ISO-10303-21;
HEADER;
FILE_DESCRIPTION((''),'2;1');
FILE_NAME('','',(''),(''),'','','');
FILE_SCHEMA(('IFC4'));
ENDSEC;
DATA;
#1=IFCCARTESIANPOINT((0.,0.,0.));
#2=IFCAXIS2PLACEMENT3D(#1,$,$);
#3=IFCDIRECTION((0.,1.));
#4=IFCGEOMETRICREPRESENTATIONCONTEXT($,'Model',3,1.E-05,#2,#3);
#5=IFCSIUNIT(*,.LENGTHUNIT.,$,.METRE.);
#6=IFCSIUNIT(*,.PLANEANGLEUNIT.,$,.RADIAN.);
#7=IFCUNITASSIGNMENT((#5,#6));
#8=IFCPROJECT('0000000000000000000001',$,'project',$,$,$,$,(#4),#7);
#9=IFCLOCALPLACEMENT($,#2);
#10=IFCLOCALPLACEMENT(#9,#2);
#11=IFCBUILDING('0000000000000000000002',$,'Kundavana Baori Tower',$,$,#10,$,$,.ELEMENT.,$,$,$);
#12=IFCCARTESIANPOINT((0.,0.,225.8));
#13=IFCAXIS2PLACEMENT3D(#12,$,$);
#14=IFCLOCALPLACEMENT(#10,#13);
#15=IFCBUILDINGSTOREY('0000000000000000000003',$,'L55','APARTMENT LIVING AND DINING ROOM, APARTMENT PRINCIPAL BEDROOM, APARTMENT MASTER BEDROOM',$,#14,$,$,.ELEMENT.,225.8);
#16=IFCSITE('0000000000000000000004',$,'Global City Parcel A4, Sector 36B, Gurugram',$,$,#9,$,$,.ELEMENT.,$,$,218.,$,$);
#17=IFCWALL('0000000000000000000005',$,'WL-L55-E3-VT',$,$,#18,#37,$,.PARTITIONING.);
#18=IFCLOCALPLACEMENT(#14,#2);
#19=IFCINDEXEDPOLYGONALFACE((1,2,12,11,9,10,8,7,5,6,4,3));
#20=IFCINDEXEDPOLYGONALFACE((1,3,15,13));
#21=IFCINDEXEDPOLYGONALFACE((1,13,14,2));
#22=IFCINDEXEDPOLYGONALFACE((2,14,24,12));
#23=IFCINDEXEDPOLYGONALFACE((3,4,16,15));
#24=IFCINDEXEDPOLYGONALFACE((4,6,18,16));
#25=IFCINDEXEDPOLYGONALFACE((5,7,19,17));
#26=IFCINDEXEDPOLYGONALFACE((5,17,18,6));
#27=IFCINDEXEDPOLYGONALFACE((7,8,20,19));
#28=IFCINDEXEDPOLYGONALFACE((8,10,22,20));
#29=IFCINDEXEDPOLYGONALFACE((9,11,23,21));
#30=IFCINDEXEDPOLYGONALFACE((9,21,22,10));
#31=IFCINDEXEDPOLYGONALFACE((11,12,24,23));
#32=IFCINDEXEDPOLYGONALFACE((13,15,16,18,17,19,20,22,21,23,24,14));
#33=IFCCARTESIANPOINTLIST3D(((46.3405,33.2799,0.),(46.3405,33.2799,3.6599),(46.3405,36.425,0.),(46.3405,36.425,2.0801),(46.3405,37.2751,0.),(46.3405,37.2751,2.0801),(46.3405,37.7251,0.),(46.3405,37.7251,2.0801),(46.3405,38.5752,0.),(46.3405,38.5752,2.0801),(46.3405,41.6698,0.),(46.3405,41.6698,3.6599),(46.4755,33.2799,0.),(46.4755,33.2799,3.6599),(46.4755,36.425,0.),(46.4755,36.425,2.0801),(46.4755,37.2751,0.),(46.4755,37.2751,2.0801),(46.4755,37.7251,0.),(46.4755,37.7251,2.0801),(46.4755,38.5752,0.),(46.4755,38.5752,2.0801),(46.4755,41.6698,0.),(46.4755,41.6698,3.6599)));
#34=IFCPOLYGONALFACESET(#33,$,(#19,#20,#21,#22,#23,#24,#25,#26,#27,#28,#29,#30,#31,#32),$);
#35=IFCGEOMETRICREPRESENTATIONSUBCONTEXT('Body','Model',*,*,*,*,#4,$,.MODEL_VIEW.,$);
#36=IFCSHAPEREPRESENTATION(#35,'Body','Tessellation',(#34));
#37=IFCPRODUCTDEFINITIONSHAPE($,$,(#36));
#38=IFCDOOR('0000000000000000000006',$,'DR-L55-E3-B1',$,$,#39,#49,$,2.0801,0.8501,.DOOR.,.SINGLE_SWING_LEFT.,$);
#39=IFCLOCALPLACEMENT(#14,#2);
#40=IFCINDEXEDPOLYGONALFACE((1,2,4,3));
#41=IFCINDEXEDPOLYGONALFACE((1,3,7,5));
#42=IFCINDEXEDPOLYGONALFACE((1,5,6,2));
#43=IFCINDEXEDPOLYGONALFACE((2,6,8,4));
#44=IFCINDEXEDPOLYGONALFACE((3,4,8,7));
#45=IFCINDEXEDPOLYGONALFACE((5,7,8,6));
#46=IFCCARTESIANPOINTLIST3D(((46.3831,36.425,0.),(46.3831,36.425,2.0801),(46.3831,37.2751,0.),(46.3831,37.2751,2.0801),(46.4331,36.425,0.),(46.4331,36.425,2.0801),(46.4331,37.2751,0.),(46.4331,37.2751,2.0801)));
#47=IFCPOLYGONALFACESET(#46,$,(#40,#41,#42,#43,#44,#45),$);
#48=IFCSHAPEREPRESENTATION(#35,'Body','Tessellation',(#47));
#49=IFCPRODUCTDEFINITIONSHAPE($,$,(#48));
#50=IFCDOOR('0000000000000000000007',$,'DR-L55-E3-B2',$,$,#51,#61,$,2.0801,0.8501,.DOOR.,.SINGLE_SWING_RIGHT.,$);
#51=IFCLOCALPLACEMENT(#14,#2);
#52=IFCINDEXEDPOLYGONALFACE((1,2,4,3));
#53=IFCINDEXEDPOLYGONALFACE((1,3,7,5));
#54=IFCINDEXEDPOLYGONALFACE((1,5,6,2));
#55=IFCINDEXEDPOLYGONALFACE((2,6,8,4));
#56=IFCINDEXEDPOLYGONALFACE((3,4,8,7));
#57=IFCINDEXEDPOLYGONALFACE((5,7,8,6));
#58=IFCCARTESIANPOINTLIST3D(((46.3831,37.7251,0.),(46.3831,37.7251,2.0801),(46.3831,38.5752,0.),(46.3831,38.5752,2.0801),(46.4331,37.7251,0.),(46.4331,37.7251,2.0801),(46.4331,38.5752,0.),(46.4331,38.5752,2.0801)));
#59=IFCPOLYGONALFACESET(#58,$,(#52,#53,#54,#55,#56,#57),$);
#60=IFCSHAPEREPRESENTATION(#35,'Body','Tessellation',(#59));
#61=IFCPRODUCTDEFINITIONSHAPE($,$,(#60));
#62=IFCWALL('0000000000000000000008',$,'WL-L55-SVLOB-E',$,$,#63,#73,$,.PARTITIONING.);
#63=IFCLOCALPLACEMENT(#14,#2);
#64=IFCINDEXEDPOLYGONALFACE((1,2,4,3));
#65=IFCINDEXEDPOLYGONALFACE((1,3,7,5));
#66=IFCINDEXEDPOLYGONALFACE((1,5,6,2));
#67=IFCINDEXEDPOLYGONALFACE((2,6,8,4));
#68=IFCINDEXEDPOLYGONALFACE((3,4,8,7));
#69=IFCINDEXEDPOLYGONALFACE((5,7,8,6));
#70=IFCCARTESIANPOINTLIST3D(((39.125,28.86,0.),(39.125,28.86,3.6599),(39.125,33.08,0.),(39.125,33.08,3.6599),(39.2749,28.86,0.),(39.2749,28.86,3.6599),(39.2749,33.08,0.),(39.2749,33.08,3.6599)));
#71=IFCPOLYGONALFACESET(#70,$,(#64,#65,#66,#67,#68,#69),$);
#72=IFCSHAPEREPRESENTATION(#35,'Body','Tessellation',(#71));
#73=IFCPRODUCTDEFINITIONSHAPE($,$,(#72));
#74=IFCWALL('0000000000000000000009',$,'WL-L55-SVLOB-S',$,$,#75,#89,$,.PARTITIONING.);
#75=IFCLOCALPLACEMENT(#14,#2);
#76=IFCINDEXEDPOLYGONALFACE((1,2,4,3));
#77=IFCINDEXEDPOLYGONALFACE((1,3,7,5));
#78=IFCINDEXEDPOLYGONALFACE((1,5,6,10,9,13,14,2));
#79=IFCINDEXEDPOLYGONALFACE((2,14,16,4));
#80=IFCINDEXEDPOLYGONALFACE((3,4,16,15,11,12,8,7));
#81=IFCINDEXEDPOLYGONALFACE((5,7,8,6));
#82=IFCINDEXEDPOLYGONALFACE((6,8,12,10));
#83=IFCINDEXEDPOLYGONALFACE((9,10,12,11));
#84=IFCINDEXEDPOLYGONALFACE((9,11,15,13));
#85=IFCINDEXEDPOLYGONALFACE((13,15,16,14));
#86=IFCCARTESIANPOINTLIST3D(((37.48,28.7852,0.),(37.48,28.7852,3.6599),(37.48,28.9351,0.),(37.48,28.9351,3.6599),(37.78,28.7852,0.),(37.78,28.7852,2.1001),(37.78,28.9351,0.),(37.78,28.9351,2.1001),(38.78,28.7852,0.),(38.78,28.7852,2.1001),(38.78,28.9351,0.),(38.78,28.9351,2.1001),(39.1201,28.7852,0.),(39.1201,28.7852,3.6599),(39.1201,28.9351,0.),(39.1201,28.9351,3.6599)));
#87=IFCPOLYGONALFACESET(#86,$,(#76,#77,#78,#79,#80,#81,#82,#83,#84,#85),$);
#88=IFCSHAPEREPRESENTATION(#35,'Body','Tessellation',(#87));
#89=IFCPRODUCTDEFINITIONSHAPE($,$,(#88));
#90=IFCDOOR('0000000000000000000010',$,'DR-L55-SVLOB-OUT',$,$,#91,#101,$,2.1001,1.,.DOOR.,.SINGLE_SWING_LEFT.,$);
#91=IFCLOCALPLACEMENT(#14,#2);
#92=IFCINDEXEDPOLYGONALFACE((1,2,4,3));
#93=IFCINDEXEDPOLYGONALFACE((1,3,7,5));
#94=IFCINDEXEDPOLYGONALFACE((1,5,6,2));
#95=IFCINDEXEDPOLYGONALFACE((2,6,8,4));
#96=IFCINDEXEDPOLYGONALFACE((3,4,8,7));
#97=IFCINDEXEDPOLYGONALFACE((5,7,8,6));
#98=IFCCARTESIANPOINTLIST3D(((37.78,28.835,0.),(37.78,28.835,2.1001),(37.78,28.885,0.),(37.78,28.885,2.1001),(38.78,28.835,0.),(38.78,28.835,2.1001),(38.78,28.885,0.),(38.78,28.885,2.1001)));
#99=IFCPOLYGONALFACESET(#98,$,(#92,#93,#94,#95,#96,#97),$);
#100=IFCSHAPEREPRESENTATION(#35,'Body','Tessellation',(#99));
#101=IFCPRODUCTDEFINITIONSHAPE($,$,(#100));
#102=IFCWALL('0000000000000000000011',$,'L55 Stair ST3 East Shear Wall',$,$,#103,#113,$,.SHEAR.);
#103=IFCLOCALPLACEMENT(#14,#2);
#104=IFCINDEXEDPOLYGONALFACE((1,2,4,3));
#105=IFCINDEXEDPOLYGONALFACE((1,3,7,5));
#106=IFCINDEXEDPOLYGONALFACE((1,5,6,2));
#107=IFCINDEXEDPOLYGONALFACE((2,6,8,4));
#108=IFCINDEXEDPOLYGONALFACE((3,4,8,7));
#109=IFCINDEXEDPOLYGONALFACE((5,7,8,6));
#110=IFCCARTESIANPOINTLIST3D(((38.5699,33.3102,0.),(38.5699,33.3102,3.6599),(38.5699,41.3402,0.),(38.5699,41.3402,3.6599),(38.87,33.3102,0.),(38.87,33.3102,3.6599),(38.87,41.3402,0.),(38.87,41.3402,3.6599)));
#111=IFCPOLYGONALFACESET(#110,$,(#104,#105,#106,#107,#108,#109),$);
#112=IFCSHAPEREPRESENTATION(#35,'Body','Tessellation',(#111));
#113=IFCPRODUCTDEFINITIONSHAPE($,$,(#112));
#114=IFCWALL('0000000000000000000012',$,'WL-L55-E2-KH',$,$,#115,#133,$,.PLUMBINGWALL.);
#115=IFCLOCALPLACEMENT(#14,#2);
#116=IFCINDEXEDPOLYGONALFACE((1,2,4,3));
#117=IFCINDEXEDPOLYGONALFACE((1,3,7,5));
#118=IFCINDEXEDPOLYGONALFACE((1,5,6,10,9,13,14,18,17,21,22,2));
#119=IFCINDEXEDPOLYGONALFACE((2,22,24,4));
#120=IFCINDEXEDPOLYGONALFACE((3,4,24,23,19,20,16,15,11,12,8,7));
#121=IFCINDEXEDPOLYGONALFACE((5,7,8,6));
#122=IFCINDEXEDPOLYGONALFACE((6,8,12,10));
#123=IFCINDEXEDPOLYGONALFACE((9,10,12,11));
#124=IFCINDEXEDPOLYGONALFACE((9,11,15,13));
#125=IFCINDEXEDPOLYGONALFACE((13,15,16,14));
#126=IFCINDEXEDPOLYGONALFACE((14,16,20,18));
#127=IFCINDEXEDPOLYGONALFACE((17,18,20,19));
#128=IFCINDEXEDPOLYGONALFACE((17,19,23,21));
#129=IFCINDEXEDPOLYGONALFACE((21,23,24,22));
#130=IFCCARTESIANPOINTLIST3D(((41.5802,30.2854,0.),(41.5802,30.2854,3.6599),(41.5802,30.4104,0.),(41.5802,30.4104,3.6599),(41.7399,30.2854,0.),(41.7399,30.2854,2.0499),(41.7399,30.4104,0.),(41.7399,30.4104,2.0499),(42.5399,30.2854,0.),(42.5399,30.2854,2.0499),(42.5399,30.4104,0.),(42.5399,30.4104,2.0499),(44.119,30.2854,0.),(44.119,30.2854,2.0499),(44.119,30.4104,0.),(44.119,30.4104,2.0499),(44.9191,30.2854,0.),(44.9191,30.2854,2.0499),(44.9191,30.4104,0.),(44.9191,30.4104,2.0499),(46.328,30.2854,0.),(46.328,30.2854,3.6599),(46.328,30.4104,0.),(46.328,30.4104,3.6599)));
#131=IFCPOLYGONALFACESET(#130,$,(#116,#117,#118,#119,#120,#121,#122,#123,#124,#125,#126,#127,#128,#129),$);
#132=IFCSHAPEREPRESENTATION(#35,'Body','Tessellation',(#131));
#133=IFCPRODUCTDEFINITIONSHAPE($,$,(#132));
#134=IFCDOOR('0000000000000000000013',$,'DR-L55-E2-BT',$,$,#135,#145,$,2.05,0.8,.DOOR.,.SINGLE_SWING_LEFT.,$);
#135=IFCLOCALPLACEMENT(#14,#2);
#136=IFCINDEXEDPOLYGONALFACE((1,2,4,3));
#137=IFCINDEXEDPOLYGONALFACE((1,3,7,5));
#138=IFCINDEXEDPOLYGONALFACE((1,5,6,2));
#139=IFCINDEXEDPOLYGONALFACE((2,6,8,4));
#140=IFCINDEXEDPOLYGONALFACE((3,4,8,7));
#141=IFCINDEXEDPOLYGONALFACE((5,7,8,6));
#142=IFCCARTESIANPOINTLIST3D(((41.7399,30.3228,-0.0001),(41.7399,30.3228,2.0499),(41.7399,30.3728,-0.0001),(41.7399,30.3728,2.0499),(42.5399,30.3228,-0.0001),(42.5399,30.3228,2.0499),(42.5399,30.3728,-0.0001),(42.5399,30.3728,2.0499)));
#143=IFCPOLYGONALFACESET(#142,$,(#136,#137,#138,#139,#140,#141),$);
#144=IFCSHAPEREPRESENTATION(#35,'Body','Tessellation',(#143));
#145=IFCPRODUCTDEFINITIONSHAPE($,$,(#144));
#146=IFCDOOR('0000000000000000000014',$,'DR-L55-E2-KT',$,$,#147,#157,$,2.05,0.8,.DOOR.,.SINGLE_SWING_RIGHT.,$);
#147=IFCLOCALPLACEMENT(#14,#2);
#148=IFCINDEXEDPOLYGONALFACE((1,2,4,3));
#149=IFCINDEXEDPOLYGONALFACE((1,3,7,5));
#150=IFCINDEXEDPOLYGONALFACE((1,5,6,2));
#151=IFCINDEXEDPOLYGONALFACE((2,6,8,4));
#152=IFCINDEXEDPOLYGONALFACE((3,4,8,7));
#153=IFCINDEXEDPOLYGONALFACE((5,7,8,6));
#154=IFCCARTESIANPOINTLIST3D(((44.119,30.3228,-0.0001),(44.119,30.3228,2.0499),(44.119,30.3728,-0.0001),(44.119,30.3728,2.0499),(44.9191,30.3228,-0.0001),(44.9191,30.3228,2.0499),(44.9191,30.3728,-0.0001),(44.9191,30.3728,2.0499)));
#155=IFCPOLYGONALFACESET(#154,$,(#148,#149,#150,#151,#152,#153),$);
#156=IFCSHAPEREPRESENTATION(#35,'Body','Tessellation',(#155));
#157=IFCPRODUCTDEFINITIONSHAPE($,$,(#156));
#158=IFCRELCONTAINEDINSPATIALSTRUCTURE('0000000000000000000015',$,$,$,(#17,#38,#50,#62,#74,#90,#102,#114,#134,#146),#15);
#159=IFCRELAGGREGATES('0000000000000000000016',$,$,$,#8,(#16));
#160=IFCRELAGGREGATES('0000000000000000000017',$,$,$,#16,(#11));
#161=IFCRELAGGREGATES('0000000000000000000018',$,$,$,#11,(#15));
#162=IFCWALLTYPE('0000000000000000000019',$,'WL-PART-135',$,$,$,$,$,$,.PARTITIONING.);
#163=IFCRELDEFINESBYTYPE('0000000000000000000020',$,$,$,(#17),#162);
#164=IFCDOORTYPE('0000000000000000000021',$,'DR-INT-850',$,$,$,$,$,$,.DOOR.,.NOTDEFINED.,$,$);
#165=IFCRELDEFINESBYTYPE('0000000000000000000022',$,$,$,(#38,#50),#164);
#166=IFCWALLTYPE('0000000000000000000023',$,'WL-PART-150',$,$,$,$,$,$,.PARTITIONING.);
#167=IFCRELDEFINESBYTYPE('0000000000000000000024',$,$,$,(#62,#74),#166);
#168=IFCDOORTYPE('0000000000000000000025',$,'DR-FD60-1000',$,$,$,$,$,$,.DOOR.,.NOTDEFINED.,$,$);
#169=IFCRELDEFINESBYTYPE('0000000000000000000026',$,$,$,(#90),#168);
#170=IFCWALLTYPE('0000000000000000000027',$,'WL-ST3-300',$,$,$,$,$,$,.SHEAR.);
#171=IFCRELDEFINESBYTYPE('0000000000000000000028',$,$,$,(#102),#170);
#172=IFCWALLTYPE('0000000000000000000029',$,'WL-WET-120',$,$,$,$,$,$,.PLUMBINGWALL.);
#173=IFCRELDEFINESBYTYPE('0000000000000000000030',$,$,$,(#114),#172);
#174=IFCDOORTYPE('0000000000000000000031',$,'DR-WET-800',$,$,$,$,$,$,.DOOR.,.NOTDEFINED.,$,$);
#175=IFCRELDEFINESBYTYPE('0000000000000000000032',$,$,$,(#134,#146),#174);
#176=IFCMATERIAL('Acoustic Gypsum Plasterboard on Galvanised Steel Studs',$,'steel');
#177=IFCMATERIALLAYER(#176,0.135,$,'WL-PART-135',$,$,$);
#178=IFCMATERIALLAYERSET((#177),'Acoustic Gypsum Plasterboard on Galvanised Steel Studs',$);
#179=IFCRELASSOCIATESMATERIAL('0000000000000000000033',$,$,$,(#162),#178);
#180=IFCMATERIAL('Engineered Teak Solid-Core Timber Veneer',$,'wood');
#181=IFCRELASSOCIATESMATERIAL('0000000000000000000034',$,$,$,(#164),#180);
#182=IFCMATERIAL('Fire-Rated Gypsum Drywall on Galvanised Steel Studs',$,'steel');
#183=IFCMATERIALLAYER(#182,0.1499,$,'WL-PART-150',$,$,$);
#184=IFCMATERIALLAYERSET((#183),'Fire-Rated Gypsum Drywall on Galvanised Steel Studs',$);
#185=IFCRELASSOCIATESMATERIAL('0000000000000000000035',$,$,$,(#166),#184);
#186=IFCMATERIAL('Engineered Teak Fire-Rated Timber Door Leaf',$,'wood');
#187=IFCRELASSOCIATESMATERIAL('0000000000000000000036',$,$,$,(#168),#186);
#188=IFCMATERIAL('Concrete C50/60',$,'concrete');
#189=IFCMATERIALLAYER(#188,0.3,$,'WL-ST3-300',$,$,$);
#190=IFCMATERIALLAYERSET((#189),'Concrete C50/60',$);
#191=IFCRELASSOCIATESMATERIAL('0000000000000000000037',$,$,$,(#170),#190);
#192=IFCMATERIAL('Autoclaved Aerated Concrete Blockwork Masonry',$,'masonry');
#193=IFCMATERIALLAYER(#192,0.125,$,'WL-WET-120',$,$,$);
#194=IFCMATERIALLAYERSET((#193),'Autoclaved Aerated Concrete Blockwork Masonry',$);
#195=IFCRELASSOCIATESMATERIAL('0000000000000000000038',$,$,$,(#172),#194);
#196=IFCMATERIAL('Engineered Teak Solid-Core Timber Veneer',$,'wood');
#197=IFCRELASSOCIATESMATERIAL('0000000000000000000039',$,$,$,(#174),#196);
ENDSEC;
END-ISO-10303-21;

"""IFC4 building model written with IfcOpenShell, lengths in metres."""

from ifc_helpers import new_model, si_unit, direction, frame, frame_2d, origin, place, context, subcontext, project, spatial, rectangle, extrude, material, layer, layer_set, type_object, element, fill, save


model = new_model("IFC4")

# Units and contexts
model_context = context("Model", 3, precision=1e-05, world=origin(), true_north=direction((0.0, 1.0)))
body_context = subcontext(model_context, "Body", "Model", "MODEL_VIEW")
ifc_project = project(units=[si_unit("LENGTHUNIT", "METRE"), si_unit("PLANEANGLEUNIT", "RADIAN")], contexts=[model_context])

# Site, building, storey
site_placement = place(None, origin())
site = spatial("IfcSite", under=ifc_project, at=site_placement, Name="Global City Parcel A4, Sector 36B, Gurugram", CompositionType="ELEMENT", RefElevation=218.0)
building_placement = place(site_placement, origin())
building = spatial("IfcBuilding", under=site, at=building_placement, Name="Kundavana Baori Tower", CompositionType="ELEMENT")
storey_placement = place(building_placement, frame((0.0, 0.0, 225.8)))
storey = spatial("IfcBuildingStorey", under=building, at=storey_placement, Name="L55", Description="APARTMENT LIVING AND DINING ROOM, APARTMENT PRINCIPAL BEDROOM, APARTMENT MASTER BEDROOM", CompositionType="ELEMENT", Elevation=225.8)

# Shared definitions
ifc_material_1 = material(Name="Acoustic Gypsum Plasterboard on Galvanised Steel Studs", Category="steel")
ifc_layer_1 = layer(ifc_material_1, 0.135, Name="WL-PART-135")
ifc_layer_set_1 = layer_set([ifc_layer_1], Name="Acoustic Gypsum Plasterboard on Galvanised Steel Studs")
wall_type_1 = type_object("IfcWallType", Name="WL-PART-135", PredefinedType="PARTITIONING", material=ifc_layer_set_1)

# Wall, openings, doors
wall_1_placement = place(storey_placement, frame((46.408, 33.28, 0.0), z_axis=(0.0, 0.0, 1.0), x_axis=(0.0, 1.0, 0.0)))
wall_1 = element("IfcWall", 1, at=wall_1_placement, inside=storey, type_object=wall_type_1, Name="WL-L55-E3-VT", PredefinedType="PARTITIONING", context=body_context, shape_type="SweptSolid", body=[
    extrude(rectangle(XDim=8.3899, YDim=0.135, at=frame_2d((4.1948, 0.0))), origin(), (0.0, 0.0, 1.0), 3.6599),
])
opening_1_placement = place(wall_1_placement, frame((3.145, 0.0, 0.0)))
opening_1 = element("IfcOpeningElement", 2, at=opening_1_placement, cuts=wall_1, PredefinedType="OPENING", context=body_context, shape_type="SweptSolid", body=[
    extrude(rectangle(XDim=0.8501, YDim=2.0801, at=frame_2d((0.425, 1.04))), frame((0.0, 0.0776, 0.0), z_axis=(0.0, -1.0, 0.0), x_axis=(1.0, 0.0, 0.0)), (0.0, 0.0, 1.0), 0.155),
])
opening_2_placement = place(wall_1_placement, frame((4.4451, 0.0, 0.0)))
opening_2 = element("IfcOpeningElement", 3, at=opening_2_placement, cuts=wall_1, PredefinedType="OPENING", context=body_context, shape_type="SweptSolid", body=[
    extrude(rectangle(XDim=0.8501, YDim=2.0801, at=frame_2d((0.425, 1.04))), frame((0.0, 0.0776, 0.0), z_axis=(0.0, -1.0, 0.0), x_axis=(1.0, 0.0, 0.0)), (0.0, 0.0, 1.0), 0.155),
])
ifc_material_2 = material(Name="Engineered Teak Solid-Core Timber Veneer", Category="wood")
door_type_1 = type_object("IfcDoorType", Name="DR-INT-850", OperationType="NOTDEFINED", PredefinedType="DOOR", material=ifc_material_2)
door_1_placement = place(opening_1_placement, origin())
door_1 = element("IfcDoor", 4, at=door_1_placement, inside=storey, type_object=door_type_1, Name="DR-L55-E3-B1", OperationType="SINGLE_SWING_LEFT", OverallHeight=2.0801, OverallWidth=0.8501, PredefinedType="DOOR", context=body_context, shape_type="SweptSolid", body=[
    extrude(rectangle(XDim=0.8501, YDim=2.0801, at=frame_2d((0.425, 1.04))), frame((0.0, 0.0249, 0.0), z_axis=(0.0, -1.0, 0.0), x_axis=(1.0, 0.0, 0.0)), (0.0, 0.0, 1.0), 0.05),
])
fill(opening_1, door_1)
door_2_placement = place(opening_2_placement, origin())
door_2 = element("IfcDoor", 5, at=door_2_placement, inside=storey, type_object=door_type_1, Name="DR-L55-E3-B2", OperationType="SINGLE_SWING_RIGHT", OverallHeight=2.0801, OverallWidth=0.8501, PredefinedType="DOOR", context=body_context, shape_type="SweptSolid", body=[
    extrude(rectangle(XDim=0.8501, YDim=2.0801, at=frame_2d((0.425, 1.04))), frame((0.0, 0.0249, 0.0), z_axis=(0.0, -1.0, 0.0), x_axis=(1.0, 0.0, 0.0)), (0.0, 0.0, 1.0), 0.05),
])
fill(opening_2, door_2)

# Wall
ifc_material_3 = material(Name="Fire-Rated Gypsum Drywall on Galvanised Steel Studs", Category="steel")
ifc_layer_2 = layer(ifc_material_3, 0.1499, Name="WL-PART-150")
ifc_layer_set_2 = layer_set([ifc_layer_2], Name="Fire-Rated Gypsum Drywall on Galvanised Steel Studs")
wall_type_2 = type_object("IfcWallType", Name="WL-PART-150", PredefinedType="PARTITIONING", material=ifc_layer_set_2)
wall_2_placement = place(storey_placement, frame((39.2, 28.8601, 0.0), z_axis=(0.0, 0.0, 1.0), x_axis=(0.0, 1.0, 0.0)))
element("IfcWall", 6, at=wall_2_placement, inside=storey, type_object=wall_type_2, Name="WL-L55-SVLOB-E", PredefinedType="PARTITIONING", context=body_context, shape_type="SweptSolid", body=[
    extrude(rectangle(XDim=4.22, YDim=0.1499, at=frame_2d((2.1099, 0.0))), origin(), (0.0, 0.0, 1.0), 3.6599),
])

# Wall, opening, door
wall_3_placement = place(storey_placement, frame((37.48, 28.8601, 0.0), z_axis=(0.0, 0.0, 1.0), x_axis=(1.0, 0.0, 0.0)))
wall_3 = element("IfcWall", 7, at=wall_3_placement, inside=storey, type_object=wall_type_2, Name="WL-L55-SVLOB-S", PredefinedType="PARTITIONING", context=body_context, shape_type="SweptSolid", body=[
    extrude(rectangle(XDim=1.6401, YDim=0.1499, at=frame_2d((0.8201, 0.0))), origin(), (0.0, 0.0, 1.0), 3.6599),
])
opening_3_placement = place(wall_3_placement, frame((0.3, 0.0, 0.0)))
opening_3 = element("IfcOpeningElement", 8, at=opening_3_placement, cuts=wall_3, PredefinedType="OPENING", context=body_context, shape_type="SweptSolid", body=[
    extrude(rectangle(XDim=1.0, YDim=2.1001, at=frame_2d((0.5, 1.05))), frame((0.0, 0.085, 0.0), z_axis=(0.0, -1.0, 0.0), x_axis=(1.0, 0.0, 0.0)), (0.0, 0.0, 1.0), 0.1699),
])
ifc_material_4 = material(Name="Engineered Teak Fire-Rated Timber Door Leaf", Category="wood")
door_type_2 = type_object("IfcDoorType", Name="DR-FD60-1000", OperationType="NOTDEFINED", PredefinedType="DOOR", material=ifc_material_4)
door_3_placement = place(opening_3_placement, origin())
door_3 = element("IfcDoor", 9, at=door_3_placement, inside=storey, type_object=door_type_2, Name="DR-L55-SVLOB-OUT", OperationType="SINGLE_SWING_LEFT", OverallHeight=2.1001, OverallWidth=1.0, PredefinedType="DOOR", context=body_context, shape_type="SweptSolid", body=[
    extrude(rectangle(XDim=1.0, YDim=2.1001, at=frame_2d((0.5, 1.05))), frame((0.0, 0.0249, 0.0), z_axis=(0.0, -1.0, 0.0), x_axis=(1.0, 0.0, 0.0)), (0.0, 0.0, 1.0), 0.05),
])
fill(opening_3, door_3)

# Wall
ifc_material_5 = material(Name="Concrete C50/60", Category="concrete")
ifc_layer_3 = layer(ifc_material_5, 0.3, Name="WL-ST3-300")
ifc_layer_set_3 = layer_set([ifc_layer_3], Name="Concrete C50/60")
wall_type_3 = type_object("IfcWallType", Name="WL-ST3-300", PredefinedType="SHEAR", material=ifc_layer_set_3)
wall_4_placement = place(storey_placement, frame((38.72, 33.3101, 0.0), z_axis=(0.0, 0.0, 1.0), x_axis=(0.0, 1.0, 0.0)))
element("IfcWall", 10, at=wall_4_placement, inside=storey, type_object=wall_type_3, Name="L55 Stair ST3 East Shear Wall", PredefinedType="SHEAR", context=body_context, shape_type="SweptSolid", body=[
    extrude(rectangle(XDim=8.03, YDim=0.3, at=frame_2d((4.0151, 0.0))), origin(), (0.0, 0.0, 1.0), 3.6599),
])

# Wall, openings, doors
ifc_material_6 = material(Name="Autoclaved Aerated Concrete Blockwork Masonry", Category="masonry")
ifc_layer_4 = layer(ifc_material_6, 0.125, Name="WL-WET-120")
ifc_layer_set_4 = layer_set([ifc_layer_4], Name="Autoclaved Aerated Concrete Blockwork Masonry")
wall_type_4 = type_object("IfcWallType", Name="WL-WET-120", PredefinedType="PLUMBINGWALL", material=ifc_layer_set_4)
wall_5_placement = place(storey_placement, frame((41.5801, 30.3479, 0.0), z_axis=(0.0, 0.0, 1.0), x_axis=(1.0, 0.0, 0.0)))
wall_5 = element("IfcWall", 11, at=wall_5_placement, inside=storey, type_object=wall_type_4, Name="WL-L55-E2-KH", PredefinedType="PLUMBINGWALL", context=body_context, shape_type="SweptSolid", body=[
    extrude(rectangle(XDim=4.7478, YDim=0.125, at=frame_2d((2.374, 0.0))), origin(), (0.0, 0.0, 1.0), 3.6599),
])
opening_4_placement = place(wall_5_placement, frame((0.1599, 0.0, 0.0)))
opening_4 = element("IfcOpeningElement", 12, at=opening_4_placement, cuts=wall_5, PredefinedType="OPENING", context=body_context, shape_type="SweptSolid", body=[
    extrude(rectangle(XDim=0.8, YDim=2.05, at=frame_2d((0.3999, 1.0249))), frame((0.0, 0.0725, 0.0), z_axis=(0.0, -1.0, 0.0), x_axis=(1.0, 0.0, 0.0)), (0.0, 0.0, 1.0), 0.145),
])
opening_5_placement = place(wall_5_placement, frame((2.5391, 0.0, 0.0)))
opening_5 = element("IfcOpeningElement", 13, at=opening_5_placement, cuts=wall_5, PredefinedType="OPENING", context=body_context, shape_type="SweptSolid", body=[
    extrude(rectangle(XDim=0.8, YDim=2.05, at=frame_2d((0.3999, 1.0249))), frame((0.0, 0.0725, 0.0), z_axis=(0.0, -1.0, 0.0), x_axis=(1.0, 0.0, 0.0)), (0.0, 0.0, 1.0), 0.145),
])
ifc_material_7 = material(Name="Engineered Teak Solid-Core Timber Veneer", Category="wood")
door_type_3 = type_object("IfcDoorType", Name="DR-WET-800", OperationType="NOTDEFINED", PredefinedType="DOOR", material=ifc_material_7)
door_4_placement = place(opening_4_placement, origin())
door_4 = element("IfcDoor", 14, at=door_4_placement, inside=storey, type_object=door_type_3, Name="DR-L55-E2-BT", OperationType="SINGLE_SWING_LEFT", OverallHeight=2.05, OverallWidth=0.8, PredefinedType="DOOR", context=body_context, shape_type="SweptSolid", body=[
    extrude(rectangle(XDim=0.8, YDim=2.05, at=frame_2d((0.3999, 1.0249))), frame((0.0, 0.0249, 0.0), z_axis=(0.0, -1.0, 0.0), x_axis=(1.0, 0.0, 0.0)), (0.0, 0.0, 1.0), 0.05),
])
fill(opening_4, door_4)
door_5_placement = place(opening_5_placement, origin())
door_5 = element("IfcDoor", 15, at=door_5_placement, inside=storey, type_object=door_type_3, Name="DR-L55-E2-KT", OperationType="SINGLE_SWING_RIGHT", OverallHeight=2.05, OverallWidth=0.8, PredefinedType="DOOR", context=body_context, shape_type="SweptSolid", body=[
    extrude(rectangle(XDim=0.8, YDim=2.05, at=frame_2d((0.3999, 1.0249))), frame((0.0, 0.0249, 0.0), z_axis=(0.0, -1.0, 0.0), x_axis=(1.0, 0.0, 0.0)), (0.0, 0.0, 1.0), 0.05),
])
fill(opening_5, door_5)

save(model, "model.ifc")
